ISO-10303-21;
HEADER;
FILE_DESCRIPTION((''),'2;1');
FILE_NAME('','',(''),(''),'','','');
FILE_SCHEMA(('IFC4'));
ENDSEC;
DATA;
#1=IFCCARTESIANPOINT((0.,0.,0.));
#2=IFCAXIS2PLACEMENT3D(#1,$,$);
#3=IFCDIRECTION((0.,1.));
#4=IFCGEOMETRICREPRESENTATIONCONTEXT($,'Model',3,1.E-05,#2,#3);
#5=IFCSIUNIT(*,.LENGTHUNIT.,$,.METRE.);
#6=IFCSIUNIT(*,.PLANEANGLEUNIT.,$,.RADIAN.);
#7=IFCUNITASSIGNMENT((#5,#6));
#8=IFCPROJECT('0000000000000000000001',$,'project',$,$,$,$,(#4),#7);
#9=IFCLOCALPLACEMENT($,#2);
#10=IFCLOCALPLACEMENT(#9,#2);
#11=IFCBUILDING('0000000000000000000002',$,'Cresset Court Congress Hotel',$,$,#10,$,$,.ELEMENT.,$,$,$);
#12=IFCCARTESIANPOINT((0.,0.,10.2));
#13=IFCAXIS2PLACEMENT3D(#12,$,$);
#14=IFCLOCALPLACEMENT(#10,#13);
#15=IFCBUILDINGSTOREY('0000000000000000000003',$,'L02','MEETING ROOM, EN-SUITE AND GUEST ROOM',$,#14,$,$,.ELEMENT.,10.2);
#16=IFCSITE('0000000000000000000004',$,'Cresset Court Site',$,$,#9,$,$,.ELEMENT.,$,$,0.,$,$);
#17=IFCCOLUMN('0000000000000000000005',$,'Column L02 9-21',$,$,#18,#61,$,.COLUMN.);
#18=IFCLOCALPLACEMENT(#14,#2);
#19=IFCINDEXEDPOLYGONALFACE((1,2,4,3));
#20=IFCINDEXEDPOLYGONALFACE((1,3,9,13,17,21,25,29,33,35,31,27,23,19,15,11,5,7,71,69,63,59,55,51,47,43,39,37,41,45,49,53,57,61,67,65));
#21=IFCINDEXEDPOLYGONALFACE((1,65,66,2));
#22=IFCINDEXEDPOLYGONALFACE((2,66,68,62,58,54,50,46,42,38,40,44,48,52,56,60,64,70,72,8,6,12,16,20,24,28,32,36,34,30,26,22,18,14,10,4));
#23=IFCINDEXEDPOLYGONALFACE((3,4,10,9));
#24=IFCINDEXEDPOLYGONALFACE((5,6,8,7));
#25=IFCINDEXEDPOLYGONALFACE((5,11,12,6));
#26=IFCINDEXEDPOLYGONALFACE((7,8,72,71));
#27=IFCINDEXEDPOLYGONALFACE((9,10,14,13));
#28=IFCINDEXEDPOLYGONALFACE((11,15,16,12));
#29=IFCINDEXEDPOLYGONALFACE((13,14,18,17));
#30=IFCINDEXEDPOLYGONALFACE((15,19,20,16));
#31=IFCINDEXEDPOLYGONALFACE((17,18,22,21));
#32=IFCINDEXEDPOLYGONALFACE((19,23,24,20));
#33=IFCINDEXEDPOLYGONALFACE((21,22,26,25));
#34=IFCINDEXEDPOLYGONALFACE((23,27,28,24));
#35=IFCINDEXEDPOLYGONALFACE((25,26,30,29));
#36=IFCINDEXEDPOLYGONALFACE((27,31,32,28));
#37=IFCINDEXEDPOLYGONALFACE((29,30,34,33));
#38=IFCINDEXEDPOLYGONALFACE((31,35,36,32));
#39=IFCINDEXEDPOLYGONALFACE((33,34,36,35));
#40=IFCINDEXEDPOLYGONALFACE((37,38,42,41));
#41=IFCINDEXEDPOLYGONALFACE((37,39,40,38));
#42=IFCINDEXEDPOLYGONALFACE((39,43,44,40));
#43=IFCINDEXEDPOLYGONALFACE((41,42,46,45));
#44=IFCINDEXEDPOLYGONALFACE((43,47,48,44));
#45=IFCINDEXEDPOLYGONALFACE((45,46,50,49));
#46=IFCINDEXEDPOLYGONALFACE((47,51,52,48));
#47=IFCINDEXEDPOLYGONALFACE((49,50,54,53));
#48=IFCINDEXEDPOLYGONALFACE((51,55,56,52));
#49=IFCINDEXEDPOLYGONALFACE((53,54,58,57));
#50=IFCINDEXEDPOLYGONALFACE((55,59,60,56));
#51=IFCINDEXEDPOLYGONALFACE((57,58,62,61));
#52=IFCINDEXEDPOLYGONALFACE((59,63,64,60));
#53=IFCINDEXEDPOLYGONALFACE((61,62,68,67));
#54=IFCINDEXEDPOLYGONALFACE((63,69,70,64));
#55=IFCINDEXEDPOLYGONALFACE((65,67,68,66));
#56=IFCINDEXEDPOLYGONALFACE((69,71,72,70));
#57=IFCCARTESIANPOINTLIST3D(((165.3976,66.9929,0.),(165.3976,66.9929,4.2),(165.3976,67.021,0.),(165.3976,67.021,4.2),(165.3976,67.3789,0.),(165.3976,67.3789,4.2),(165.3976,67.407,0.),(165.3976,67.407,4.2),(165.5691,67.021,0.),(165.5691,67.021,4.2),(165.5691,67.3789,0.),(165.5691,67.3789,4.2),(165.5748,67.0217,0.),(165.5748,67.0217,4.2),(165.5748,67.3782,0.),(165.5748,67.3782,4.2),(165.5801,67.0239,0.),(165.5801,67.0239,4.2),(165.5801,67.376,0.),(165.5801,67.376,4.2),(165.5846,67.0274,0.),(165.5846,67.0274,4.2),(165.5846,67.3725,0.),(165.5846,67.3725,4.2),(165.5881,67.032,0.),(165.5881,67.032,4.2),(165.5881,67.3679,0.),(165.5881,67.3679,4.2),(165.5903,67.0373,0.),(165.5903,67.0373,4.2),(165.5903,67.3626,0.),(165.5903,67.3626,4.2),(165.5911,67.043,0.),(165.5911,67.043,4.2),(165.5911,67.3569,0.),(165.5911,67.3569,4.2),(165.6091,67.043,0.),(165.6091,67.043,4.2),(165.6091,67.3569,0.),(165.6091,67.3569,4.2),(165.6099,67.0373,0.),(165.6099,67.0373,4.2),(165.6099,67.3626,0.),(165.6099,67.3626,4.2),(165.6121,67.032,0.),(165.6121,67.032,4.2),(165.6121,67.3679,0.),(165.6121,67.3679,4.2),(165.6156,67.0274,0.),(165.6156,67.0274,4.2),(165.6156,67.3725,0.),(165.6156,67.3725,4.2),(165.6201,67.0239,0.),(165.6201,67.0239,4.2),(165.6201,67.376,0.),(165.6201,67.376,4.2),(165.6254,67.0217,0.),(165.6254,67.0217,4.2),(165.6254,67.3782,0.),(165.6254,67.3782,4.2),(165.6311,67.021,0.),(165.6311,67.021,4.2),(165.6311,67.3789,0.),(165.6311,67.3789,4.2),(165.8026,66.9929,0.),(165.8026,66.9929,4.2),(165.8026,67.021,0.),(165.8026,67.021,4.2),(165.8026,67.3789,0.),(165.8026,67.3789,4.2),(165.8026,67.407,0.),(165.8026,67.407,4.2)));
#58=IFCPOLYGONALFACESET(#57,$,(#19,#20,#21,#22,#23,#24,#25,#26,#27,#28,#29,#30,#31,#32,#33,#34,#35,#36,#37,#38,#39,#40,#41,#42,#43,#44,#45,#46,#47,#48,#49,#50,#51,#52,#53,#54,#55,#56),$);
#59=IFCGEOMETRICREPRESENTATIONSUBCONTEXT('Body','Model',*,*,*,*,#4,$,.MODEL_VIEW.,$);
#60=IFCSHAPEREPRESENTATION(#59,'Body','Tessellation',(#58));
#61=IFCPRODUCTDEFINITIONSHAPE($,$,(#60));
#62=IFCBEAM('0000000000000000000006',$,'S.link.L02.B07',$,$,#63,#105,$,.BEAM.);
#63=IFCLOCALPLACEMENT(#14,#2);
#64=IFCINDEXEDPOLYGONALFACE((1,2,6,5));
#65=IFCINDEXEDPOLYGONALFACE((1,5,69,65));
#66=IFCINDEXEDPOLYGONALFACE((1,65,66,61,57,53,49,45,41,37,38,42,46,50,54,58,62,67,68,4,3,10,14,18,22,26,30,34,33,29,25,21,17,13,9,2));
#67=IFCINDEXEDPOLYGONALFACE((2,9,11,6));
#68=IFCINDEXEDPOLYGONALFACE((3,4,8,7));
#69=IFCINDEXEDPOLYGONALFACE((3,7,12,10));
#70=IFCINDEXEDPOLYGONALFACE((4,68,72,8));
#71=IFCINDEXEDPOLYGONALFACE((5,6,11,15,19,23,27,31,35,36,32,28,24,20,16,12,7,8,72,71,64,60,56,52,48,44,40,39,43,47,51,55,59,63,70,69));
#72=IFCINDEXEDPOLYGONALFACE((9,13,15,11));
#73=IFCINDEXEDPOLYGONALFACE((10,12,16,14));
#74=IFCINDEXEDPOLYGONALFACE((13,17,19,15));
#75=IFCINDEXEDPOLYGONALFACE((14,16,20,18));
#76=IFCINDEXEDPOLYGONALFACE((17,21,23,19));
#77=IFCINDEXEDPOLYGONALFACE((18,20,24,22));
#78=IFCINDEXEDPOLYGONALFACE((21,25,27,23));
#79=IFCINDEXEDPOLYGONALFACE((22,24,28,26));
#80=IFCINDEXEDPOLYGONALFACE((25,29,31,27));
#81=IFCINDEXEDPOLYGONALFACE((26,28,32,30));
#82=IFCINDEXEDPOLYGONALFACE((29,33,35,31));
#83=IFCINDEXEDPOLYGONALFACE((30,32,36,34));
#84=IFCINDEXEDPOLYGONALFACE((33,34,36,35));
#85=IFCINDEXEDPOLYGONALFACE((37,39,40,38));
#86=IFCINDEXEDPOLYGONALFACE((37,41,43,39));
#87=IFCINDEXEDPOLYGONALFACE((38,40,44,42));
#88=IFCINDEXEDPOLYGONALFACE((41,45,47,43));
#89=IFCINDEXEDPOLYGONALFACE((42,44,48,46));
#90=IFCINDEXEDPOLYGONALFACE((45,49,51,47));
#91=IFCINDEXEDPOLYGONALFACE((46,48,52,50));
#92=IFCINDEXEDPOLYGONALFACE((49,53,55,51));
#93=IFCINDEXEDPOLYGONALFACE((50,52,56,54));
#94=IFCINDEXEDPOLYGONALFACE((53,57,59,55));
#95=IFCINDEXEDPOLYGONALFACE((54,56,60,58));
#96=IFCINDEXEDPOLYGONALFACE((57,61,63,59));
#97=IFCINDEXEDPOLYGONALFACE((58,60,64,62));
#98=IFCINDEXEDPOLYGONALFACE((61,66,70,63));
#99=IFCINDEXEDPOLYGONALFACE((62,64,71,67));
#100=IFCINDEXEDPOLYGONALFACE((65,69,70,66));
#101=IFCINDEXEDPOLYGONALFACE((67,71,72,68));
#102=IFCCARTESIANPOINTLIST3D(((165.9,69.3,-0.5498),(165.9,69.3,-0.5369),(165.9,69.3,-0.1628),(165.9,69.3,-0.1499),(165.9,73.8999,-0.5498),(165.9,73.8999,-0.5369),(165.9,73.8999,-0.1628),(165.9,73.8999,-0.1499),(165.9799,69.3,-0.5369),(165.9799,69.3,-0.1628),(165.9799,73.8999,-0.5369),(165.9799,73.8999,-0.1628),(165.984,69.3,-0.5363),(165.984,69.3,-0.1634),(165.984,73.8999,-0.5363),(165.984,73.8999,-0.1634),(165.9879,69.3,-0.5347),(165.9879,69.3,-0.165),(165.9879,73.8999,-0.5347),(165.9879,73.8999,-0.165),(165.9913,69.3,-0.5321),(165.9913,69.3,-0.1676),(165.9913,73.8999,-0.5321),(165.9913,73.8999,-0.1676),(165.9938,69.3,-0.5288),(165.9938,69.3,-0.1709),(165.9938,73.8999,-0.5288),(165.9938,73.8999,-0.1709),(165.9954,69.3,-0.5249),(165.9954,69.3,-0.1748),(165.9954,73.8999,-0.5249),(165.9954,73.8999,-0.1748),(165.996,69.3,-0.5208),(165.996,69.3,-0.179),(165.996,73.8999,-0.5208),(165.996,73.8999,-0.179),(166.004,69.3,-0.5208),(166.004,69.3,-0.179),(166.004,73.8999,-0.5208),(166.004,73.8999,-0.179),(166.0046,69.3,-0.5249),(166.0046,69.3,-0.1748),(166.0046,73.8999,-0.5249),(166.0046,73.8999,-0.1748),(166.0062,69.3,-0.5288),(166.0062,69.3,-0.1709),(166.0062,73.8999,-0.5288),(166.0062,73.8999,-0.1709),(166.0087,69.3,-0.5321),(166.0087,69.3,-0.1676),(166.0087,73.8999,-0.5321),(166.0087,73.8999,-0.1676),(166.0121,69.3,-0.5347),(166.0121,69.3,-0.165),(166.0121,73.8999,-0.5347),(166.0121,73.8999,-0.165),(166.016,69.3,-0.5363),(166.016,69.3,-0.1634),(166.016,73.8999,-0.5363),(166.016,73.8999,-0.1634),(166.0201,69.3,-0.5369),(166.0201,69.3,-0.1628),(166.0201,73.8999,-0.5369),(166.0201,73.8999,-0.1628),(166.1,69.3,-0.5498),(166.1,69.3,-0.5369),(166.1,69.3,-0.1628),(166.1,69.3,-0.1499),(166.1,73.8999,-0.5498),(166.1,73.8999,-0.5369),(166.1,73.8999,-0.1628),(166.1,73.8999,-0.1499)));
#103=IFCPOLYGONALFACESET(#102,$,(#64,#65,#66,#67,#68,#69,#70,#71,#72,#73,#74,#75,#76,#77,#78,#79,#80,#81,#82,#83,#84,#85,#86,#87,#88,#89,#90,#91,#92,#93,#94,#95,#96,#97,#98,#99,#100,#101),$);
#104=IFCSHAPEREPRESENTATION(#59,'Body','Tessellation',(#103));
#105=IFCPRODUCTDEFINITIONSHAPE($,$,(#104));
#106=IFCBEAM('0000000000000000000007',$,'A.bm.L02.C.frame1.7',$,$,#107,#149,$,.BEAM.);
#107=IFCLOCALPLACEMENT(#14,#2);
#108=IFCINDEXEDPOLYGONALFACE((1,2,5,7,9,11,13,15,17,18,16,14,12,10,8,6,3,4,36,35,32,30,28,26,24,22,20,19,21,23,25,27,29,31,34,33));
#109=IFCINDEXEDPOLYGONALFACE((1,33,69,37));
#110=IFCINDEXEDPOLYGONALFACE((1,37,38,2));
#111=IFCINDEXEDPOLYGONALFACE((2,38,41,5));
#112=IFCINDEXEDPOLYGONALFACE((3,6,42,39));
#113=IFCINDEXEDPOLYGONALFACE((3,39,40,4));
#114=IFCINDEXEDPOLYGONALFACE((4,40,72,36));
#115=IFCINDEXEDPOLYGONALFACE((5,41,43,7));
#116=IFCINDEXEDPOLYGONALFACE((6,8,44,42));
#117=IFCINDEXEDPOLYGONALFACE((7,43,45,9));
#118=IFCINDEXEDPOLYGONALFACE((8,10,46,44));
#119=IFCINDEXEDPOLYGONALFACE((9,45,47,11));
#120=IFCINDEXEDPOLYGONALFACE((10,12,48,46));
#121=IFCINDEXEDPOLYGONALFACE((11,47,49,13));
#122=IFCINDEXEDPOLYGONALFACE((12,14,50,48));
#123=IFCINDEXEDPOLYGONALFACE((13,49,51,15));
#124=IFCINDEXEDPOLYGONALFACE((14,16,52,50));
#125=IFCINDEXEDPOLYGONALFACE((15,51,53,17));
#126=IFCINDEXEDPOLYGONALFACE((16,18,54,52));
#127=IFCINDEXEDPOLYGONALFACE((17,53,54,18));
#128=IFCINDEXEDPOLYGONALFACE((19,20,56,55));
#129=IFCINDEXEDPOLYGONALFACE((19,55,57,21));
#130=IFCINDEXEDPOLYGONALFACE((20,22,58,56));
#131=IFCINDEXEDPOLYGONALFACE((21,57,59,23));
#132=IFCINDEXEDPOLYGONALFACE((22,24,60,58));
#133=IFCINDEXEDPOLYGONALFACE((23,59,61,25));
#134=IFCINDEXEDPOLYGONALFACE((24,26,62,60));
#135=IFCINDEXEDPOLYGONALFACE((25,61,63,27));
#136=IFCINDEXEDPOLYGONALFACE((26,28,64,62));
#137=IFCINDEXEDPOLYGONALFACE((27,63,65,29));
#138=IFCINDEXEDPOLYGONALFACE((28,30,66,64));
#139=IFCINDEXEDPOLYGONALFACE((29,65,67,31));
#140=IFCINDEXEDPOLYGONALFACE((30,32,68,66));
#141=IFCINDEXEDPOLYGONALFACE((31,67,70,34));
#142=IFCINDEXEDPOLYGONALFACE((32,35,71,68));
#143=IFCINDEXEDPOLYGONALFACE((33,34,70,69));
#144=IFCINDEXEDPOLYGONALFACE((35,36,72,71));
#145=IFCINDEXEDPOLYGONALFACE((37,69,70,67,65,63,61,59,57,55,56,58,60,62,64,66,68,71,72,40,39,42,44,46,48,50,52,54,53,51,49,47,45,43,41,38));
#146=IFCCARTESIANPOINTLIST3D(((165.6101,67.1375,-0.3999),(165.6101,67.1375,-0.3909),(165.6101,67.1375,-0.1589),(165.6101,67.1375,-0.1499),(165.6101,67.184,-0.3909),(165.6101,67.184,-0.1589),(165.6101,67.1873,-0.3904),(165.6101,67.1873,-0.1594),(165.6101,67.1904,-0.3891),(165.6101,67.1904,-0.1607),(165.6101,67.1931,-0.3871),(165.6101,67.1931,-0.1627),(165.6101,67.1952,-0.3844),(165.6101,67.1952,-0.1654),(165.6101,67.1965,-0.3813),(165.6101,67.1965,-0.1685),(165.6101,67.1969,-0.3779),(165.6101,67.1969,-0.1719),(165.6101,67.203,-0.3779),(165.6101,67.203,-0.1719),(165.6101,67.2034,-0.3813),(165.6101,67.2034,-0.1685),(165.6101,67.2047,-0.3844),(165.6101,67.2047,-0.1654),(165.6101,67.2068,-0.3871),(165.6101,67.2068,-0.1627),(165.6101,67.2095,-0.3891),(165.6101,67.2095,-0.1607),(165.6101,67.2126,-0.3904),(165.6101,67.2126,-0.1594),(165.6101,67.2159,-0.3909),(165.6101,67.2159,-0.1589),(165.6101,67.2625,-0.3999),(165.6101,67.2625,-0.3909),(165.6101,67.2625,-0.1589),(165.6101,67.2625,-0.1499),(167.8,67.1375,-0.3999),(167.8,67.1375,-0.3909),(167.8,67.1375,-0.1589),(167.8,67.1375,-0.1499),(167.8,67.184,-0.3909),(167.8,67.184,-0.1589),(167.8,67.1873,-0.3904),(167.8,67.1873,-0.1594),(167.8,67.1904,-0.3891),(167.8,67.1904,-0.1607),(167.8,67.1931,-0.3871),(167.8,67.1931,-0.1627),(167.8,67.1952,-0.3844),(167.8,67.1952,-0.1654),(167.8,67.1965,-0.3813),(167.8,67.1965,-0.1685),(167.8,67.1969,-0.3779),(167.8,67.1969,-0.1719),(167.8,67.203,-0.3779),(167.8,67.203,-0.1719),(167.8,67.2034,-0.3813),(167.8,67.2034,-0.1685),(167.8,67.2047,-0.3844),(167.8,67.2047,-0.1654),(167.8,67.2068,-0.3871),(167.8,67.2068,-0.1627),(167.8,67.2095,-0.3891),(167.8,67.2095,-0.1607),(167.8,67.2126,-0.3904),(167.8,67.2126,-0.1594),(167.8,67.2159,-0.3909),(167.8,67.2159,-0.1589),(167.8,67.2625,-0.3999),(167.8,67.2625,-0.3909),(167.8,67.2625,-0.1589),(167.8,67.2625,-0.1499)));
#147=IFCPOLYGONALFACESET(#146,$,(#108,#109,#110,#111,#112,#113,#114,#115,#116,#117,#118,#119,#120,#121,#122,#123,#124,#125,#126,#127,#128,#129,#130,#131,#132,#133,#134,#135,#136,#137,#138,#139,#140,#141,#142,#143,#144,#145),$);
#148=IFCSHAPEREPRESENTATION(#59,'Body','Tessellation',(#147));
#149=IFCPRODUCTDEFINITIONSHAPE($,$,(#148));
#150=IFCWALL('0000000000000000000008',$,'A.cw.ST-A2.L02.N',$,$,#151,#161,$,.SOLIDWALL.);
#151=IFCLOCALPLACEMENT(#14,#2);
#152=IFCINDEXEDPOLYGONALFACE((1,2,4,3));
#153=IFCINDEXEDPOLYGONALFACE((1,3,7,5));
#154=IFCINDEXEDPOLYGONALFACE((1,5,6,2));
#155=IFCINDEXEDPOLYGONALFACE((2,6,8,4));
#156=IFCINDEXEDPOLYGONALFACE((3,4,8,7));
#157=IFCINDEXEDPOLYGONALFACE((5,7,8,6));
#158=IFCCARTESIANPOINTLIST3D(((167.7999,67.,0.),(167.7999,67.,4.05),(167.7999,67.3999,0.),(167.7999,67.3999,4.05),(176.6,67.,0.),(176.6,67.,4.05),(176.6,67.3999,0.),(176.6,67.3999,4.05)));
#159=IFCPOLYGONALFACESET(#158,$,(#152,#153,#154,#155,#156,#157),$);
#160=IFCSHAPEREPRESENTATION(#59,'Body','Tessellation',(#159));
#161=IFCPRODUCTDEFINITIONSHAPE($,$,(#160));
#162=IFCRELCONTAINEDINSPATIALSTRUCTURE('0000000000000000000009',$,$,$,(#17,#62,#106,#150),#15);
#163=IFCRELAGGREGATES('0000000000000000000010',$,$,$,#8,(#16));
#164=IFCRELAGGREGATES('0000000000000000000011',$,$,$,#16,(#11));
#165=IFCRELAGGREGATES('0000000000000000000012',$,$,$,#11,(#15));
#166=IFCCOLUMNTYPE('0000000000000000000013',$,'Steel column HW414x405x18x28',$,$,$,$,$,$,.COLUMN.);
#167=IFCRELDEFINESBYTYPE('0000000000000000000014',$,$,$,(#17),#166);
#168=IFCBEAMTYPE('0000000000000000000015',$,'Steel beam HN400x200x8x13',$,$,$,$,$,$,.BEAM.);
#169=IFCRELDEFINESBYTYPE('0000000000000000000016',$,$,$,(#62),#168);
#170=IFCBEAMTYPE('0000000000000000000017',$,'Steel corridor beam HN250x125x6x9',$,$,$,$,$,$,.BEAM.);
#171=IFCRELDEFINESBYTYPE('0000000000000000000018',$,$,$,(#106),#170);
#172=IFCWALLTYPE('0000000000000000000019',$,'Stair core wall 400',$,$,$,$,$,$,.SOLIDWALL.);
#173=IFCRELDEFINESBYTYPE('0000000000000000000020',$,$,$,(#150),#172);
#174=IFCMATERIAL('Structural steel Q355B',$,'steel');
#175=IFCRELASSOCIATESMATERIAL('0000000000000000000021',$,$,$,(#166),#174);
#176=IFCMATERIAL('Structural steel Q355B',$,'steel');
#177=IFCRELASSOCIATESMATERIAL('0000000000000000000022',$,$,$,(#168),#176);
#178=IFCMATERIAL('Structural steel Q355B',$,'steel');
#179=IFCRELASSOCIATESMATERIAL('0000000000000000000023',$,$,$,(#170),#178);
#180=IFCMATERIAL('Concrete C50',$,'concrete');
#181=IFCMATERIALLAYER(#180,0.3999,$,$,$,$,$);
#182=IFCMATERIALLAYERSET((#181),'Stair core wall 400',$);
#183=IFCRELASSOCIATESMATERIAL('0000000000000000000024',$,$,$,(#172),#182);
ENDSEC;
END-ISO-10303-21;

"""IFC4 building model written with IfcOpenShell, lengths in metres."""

from ifc_helpers import new_model, si_unit, direction, frame, frame_2d, origin, origin_2d, place, context, subcontext, project, spatial, rectangle, i_section, extrude, material, layer, layer_set, material_profile, profile_set, type_object, element, save


model = new_model("IFC4")

# Units and contexts
model_context = context("Model", 3, precision=1e-05, world=origin(), true_north=direction((0.0, 1.0)))
body_context = subcontext(model_context, "Body", "Model", "MODEL_VIEW")
ifc_project = project(units=[si_unit("LENGTHUNIT", "METRE"), si_unit("PLANEANGLEUNIT", "RADIAN")], contexts=[model_context])

# Site, building, storey
site_placement = place(None, origin())
site = spatial("IfcSite", under=ifc_project, at=site_placement, Name="Cresset Court Site", CompositionType="ELEMENT", RefElevation=0.0)
building_placement = place(site_placement, origin())
building = spatial("IfcBuilding", under=site, at=building_placement, Name="Cresset Court Congress Hotel", CompositionType="ELEMENT")
storey_placement = place(building_placement, frame((0.0, 0.0, 10.2)))
storey = spatial("IfcBuildingStorey", under=building, at=storey_placement, Name="L02", Description="MEETING ROOM, EN-SUITE AND GUEST ROOM", CompositionType="ELEMENT", Elevation=10.2)

# Column
ifc_material_1 = material(Name="Structural steel Q355B", Category="steel")
ifc_material_profile_1 = material_profile(ifc_material_1, i_section(OverallWidth=0.405, OverallDepth=0.4141, WebThickness=0.0181, FlangeThickness=0.0281, FilletRadius=0.022, at=origin_2d()), Name="HW414x405x18x28")
ifc_profile_set_1 = profile_set([ifc_material_profile_1], Name="Structural steel Q355B")
column_type = type_object("IfcColumnType", Name="Steel column HW414x405x18x28", PredefinedType="COLUMN", material=ifc_profile_set_1)
column_placement = place(storey_placement, frame((165.6001, 67.2, 0.0), z_axis=(0.0, 0.0, 1.0), x_axis=(1.0, 0.0, 0.0)))
element("IfcColumn", 1, at=column_placement, inside=storey, type_object=column_type, Name="Column L02 9-21", PredefinedType="COLUMN", context=body_context, shape_type="SweptSolid", body=[
    extrude(i_section(OverallWidth=0.405, OverallDepth=0.4141, WebThickness=0.0181, FlangeThickness=0.0281, FilletRadius=0.022, at=origin_2d()), origin(), (0.0, 0.0, 1.0), 4.2),
])

# Beams
ifc_material_2 = material(Name="Structural steel Q355B", Category="steel")
ifc_material_profile_2 = material_profile(ifc_material_2, i_section(OverallWidth=0.2, OverallDepth=0.3999, WebThickness=0.0081, FlangeThickness=0.0129, FilletRadius=0.0161, at=origin_2d()), Name="HN400x200x8x13")
ifc_profile_set_2 = profile_set([ifc_material_profile_2], Name="Structural steel Q355B")
beam_type_1 = type_object("IfcBeamType", Name="Steel beam HN400x200x8x13", PredefinedType="BEAM", material=ifc_profile_set_2)
beam_1_placement = place(storey_placement, frame((166.0, 69.3, -0.3499), z_axis=(0.0, 1.0, 0.0), x_axis=(-1.0, 0.0, 0.0)))
element("IfcBeam", 2, at=beam_1_placement, inside=storey, type_object=beam_type_1, Name="S.link.L02.B07", PredefinedType="BEAM", context=body_context, shape_type="SweptSolid", body=[
    extrude(i_section(OverallWidth=0.2, OverallDepth=0.3999, WebThickness=0.0081, FlangeThickness=0.0129, FilletRadius=0.0161, at=origin_2d()), origin(), (0.0, 0.0, 1.0), 4.5999),
])
ifc_material_3 = material(Name="Structural steel Q355B", Category="steel")
ifc_material_profile_3 = material_profile(ifc_material_3, i_section(OverallWidth=0.125, OverallDepth=0.25, WebThickness=0.0061, FlangeThickness=0.009, FilletRadius=0.0129, at=origin_2d()), Name="HN250x125x6x9")
ifc_profile_set_3 = profile_set([ifc_material_profile_3], Name="Structural steel Q355B")
beam_type_2 = type_object("IfcBeamType", Name="Steel corridor beam HN250x125x6x9", PredefinedType="BEAM", material=ifc_profile_set_3)
beam_2_placement = place(storey_placement, frame((165.6101, 67.2, -0.2749), z_axis=(1.0, 0.0, 0.0), x_axis=(0.0, 1.0, 0.0)))
element("IfcBeam", 3, at=beam_2_placement, inside=storey, type_object=beam_type_2, Name="A.bm.L02.C.frame1.7", PredefinedType="BEAM", context=body_context, shape_type="SweptSolid", body=[
    extrude(i_section(OverallWidth=0.125, OverallDepth=0.25, WebThickness=0.0061, FlangeThickness=0.009, FilletRadius=0.0129, at=origin_2d()), origin(), (0.0, 0.0, 1.0), 2.1899),
])

# Wall
ifc_material_4 = material(Name="Concrete C50", Category="concrete")
ifc_layer = layer(ifc_material_4, 0.3999)
ifc_layer_set = layer_set([ifc_layer], Name="Stair core wall 400")
wall_type = type_object("IfcWallType", Name="Stair core wall 400", PredefinedType="SOLIDWALL", material=ifc_layer_set)
wall_placement = place(storey_placement, frame((167.8, 67.2, 0.0), z_axis=(0.0, 0.0, 1.0), x_axis=(1.0, 0.0, 0.0)))
element("IfcWall", 4, at=wall_placement, inside=storey, type_object=wall_type, Name="A.cw.ST-A2.L02.N", PredefinedType="SOLIDWALL", context=body_context, shape_type="SweptSolid", body=[
    extrude(rectangle(XDim=8.8, YDim=0.3999, at=frame_2d((4.3999, 0.0))), origin(), (0.0, 0.0, 1.0), 4.05),
])

save(model, "model.ifc")
